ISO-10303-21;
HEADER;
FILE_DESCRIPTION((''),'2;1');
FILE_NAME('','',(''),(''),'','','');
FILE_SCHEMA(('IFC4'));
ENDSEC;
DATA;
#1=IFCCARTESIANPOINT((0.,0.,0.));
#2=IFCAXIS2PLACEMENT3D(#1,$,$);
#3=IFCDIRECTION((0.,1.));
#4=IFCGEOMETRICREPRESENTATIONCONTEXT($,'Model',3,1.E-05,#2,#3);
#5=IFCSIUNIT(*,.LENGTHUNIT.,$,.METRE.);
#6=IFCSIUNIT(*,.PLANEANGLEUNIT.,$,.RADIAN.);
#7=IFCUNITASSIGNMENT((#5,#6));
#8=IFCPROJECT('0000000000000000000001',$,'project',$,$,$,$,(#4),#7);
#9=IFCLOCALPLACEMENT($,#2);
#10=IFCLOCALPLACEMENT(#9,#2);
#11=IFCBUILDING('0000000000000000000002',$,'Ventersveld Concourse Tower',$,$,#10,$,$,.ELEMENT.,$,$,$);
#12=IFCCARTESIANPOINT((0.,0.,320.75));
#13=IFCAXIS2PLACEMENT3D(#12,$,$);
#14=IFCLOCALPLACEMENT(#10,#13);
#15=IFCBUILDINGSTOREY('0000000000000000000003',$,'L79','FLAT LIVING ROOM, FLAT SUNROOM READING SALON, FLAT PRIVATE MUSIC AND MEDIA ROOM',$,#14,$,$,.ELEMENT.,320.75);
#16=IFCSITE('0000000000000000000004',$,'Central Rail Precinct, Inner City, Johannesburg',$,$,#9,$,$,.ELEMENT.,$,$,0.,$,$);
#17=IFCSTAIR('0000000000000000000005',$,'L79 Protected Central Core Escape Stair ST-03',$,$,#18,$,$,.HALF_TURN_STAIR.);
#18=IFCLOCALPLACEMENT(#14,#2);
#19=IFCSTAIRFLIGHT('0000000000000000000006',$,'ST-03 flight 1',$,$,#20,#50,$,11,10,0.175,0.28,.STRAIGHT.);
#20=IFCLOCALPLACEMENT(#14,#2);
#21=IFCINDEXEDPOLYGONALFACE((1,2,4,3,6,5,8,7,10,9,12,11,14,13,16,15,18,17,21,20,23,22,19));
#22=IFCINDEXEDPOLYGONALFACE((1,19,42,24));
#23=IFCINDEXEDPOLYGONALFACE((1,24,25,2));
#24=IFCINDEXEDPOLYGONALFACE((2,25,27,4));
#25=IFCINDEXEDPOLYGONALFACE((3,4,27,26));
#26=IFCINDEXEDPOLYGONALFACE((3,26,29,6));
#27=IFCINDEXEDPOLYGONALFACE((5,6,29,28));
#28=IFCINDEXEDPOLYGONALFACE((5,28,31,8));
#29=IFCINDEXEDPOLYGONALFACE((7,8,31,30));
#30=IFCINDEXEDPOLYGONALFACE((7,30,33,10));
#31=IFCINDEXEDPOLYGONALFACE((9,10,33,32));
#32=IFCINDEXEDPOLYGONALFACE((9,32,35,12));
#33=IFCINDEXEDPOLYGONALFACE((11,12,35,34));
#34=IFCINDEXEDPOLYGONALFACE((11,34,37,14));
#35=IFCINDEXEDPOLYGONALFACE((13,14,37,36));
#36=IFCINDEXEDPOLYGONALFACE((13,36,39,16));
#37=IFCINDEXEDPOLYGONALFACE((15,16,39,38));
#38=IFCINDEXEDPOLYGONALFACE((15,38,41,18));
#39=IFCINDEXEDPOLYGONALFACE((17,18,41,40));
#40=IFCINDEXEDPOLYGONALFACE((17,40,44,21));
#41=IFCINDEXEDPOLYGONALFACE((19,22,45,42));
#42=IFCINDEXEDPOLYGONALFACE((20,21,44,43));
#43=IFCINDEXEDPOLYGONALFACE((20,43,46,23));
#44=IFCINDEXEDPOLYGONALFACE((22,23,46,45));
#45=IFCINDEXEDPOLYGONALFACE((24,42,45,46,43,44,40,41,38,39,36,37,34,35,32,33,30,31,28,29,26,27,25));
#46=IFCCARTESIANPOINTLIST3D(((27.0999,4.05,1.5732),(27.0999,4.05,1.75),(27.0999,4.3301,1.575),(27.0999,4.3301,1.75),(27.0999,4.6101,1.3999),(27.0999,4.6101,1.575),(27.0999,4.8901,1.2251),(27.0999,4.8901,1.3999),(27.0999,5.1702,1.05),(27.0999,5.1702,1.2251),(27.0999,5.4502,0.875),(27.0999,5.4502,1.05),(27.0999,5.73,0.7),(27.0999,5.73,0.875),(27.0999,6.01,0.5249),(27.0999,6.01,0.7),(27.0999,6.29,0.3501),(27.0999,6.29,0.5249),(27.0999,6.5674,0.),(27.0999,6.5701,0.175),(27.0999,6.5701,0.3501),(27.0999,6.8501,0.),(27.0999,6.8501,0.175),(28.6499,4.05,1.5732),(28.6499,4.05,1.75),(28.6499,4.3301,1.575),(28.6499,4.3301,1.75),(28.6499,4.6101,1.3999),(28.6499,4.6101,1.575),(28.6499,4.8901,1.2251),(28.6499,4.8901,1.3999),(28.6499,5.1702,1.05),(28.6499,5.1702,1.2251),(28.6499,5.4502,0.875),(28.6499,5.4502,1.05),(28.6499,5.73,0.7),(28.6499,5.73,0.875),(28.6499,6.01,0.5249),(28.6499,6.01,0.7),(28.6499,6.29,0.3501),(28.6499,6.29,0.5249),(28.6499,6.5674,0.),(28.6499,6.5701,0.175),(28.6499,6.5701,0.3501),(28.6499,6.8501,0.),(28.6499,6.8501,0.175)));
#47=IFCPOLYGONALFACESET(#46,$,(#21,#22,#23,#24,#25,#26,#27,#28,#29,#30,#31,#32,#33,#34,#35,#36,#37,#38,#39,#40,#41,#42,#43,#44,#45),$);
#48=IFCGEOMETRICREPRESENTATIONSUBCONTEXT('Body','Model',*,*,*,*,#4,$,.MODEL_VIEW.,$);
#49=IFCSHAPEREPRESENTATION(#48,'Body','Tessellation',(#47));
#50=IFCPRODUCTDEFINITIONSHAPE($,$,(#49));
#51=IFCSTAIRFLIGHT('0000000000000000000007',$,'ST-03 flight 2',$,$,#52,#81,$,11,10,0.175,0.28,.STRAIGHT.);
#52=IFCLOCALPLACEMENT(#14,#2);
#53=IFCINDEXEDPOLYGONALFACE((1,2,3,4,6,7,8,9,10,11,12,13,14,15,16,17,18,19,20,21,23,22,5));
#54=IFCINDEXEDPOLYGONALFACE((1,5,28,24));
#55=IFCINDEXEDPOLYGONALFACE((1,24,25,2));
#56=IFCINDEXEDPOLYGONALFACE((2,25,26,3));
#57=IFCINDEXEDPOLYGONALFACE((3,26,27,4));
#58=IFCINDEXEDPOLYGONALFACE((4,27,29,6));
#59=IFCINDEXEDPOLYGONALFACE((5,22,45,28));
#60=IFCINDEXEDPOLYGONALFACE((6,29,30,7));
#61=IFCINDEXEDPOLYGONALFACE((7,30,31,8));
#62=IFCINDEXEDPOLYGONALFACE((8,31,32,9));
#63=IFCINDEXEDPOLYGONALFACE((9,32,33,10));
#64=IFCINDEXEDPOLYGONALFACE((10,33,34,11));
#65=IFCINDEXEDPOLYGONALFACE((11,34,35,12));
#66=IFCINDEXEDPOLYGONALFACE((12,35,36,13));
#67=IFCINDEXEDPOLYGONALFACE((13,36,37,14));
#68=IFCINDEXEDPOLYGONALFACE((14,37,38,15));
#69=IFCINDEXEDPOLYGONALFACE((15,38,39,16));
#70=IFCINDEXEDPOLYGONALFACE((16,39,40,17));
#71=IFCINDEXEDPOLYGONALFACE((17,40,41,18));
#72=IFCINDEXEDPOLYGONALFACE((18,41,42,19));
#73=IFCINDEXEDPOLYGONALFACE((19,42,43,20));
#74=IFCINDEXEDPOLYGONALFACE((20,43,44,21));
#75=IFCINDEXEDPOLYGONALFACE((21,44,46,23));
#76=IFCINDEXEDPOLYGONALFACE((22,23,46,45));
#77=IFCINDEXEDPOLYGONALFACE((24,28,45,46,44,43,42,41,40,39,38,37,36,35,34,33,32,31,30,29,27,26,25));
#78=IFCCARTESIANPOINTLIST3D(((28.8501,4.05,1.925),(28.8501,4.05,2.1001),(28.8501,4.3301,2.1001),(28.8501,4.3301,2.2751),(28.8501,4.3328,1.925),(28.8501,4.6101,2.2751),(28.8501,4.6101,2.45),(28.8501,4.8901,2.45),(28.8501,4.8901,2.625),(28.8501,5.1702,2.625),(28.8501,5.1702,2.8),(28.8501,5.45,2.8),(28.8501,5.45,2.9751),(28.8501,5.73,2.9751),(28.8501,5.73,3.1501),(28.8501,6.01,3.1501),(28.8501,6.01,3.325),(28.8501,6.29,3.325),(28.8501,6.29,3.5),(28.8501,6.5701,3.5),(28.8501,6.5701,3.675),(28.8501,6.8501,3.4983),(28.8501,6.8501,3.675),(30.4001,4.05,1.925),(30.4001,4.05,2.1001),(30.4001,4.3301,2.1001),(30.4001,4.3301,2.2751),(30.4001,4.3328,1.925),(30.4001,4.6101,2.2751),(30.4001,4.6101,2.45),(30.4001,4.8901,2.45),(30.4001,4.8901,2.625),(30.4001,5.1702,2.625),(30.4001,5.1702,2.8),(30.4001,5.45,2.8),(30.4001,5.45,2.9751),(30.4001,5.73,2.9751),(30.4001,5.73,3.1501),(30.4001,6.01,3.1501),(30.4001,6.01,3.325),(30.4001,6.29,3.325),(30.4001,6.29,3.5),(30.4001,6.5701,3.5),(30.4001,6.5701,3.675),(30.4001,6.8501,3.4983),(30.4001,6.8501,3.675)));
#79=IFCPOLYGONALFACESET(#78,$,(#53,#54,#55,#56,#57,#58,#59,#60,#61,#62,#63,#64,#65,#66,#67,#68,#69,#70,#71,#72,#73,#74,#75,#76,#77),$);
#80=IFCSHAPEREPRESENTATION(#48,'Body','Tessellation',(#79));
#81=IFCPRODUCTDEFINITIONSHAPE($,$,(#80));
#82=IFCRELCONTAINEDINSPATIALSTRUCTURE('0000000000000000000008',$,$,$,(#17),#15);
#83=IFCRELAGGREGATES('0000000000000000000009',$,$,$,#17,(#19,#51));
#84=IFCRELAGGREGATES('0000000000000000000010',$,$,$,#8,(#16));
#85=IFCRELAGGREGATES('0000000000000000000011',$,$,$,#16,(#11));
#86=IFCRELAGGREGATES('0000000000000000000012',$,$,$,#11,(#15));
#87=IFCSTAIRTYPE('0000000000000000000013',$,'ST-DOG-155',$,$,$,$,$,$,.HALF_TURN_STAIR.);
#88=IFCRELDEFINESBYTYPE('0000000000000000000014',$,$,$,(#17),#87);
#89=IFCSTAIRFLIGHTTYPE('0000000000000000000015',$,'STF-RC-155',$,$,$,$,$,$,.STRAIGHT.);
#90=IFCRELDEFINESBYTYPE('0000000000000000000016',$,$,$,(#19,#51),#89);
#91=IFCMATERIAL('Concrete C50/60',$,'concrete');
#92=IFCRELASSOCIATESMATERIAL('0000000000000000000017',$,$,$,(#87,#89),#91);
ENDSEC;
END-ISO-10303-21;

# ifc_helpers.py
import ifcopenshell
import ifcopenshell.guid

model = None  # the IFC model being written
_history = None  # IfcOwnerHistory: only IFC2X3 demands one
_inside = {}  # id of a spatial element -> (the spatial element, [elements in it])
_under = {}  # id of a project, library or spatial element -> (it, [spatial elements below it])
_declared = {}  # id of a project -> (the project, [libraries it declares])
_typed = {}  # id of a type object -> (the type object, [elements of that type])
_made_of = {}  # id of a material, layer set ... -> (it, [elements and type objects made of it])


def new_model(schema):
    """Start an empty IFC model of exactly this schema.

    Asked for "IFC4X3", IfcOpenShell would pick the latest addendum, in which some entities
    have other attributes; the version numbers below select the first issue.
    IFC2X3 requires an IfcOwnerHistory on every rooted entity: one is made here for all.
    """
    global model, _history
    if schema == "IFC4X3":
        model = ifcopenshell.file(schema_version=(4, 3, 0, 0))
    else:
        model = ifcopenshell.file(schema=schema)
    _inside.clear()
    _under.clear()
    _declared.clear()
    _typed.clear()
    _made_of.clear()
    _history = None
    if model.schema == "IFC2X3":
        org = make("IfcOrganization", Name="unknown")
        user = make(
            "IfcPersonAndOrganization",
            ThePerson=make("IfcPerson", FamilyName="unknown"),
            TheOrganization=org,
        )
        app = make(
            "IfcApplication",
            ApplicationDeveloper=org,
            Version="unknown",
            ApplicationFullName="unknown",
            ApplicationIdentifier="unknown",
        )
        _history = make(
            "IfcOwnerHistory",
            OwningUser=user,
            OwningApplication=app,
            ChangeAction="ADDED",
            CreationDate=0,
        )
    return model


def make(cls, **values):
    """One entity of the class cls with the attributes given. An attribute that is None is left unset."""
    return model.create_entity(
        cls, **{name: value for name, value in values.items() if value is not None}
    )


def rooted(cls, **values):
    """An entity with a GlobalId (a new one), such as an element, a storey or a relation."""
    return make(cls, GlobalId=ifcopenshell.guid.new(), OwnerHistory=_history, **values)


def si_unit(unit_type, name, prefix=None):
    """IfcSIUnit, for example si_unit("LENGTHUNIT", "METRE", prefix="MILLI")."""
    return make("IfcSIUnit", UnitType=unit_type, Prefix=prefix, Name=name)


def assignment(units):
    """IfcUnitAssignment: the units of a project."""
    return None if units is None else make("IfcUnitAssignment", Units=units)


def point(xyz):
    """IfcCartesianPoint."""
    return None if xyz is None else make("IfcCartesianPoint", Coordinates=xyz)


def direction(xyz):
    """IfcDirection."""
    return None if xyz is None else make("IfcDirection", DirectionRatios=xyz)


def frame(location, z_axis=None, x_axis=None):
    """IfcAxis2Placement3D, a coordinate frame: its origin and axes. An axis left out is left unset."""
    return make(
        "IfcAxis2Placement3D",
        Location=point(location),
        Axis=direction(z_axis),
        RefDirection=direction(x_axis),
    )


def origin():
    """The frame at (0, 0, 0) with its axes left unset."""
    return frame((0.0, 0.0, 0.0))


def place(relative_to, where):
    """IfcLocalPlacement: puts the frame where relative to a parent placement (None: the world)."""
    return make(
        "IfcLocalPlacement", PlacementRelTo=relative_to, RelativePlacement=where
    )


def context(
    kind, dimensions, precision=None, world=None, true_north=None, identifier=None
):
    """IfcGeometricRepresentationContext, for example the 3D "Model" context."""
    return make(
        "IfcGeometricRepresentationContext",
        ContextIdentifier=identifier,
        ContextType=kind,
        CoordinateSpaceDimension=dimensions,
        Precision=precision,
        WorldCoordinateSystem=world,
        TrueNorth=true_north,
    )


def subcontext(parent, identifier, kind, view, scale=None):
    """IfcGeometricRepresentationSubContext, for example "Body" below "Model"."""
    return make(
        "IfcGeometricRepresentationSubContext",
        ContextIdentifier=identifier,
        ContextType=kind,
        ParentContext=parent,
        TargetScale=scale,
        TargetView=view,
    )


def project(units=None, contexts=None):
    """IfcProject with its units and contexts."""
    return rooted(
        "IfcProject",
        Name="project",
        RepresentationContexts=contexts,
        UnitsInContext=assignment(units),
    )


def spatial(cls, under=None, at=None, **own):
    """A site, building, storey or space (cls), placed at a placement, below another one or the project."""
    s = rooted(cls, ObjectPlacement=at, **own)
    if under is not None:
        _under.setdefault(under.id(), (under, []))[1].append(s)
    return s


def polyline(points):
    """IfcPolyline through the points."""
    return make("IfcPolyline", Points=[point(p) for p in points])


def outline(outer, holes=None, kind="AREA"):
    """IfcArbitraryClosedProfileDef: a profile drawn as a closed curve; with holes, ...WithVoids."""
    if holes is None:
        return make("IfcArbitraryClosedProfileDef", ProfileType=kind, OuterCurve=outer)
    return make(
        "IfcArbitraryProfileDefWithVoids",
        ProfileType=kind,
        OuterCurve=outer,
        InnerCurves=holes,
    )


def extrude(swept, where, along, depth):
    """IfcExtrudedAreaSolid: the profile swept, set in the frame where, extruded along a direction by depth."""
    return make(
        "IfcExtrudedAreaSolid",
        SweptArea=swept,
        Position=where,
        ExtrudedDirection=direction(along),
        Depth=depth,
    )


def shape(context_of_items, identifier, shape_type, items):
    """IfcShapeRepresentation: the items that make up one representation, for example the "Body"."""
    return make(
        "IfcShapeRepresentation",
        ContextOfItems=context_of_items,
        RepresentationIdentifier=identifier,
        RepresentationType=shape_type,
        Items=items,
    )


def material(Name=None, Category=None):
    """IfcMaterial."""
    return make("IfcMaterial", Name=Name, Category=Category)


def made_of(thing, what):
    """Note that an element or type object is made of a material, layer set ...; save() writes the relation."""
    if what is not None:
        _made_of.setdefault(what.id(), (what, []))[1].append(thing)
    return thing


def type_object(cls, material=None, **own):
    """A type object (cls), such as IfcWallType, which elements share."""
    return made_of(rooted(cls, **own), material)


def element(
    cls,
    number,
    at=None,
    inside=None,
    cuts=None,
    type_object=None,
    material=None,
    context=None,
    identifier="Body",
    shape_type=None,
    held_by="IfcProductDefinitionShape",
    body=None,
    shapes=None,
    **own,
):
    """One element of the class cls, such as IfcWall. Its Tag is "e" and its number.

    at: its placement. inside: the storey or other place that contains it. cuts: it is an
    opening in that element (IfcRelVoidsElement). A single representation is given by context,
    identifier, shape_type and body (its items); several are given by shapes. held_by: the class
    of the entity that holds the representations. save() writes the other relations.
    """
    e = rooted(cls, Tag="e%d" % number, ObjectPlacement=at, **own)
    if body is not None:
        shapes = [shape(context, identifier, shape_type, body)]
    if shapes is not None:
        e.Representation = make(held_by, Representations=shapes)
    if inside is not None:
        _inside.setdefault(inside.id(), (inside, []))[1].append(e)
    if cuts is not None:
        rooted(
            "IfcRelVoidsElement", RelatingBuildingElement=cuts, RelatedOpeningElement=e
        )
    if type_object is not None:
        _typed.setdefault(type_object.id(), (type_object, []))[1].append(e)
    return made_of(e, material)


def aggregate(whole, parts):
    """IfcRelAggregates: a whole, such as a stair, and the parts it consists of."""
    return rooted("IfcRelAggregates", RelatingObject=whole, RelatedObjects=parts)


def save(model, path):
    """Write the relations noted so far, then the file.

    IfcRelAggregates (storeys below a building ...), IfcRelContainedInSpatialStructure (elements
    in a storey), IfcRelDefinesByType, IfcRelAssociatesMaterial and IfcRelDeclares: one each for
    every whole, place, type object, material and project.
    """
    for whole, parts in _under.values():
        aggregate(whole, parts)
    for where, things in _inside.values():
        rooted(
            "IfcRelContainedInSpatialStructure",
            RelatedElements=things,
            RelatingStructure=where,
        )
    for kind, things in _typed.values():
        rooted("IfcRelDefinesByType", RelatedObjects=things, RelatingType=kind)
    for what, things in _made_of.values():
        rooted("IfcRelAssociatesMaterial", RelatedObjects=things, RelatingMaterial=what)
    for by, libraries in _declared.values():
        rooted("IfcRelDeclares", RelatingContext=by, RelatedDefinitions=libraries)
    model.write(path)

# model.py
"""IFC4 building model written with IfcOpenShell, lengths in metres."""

from ifc_helpers import new_model, si_unit, direction, frame, origin, place, context, subcontext, project, spatial, polyline, outline, extrude, material, type_object, element, aggregate, save


model = new_model("IFC4")

# Units and contexts
model_context = context("Model", 3, precision=1e-05, world=origin(), true_north=direction((0.0, 1.0)))
body_context = subcontext(model_context, "Body", "Model", "MODEL_VIEW")
ifc_project = project(units=[si_unit("LENGTHUNIT", "METRE"), si_unit("PLANEANGLEUNIT", "RADIAN")], contexts=[model_context])

# Site, building, storey
site_placement = place(None, origin())
site = spatial("IfcSite", under=ifc_project, at=site_placement, Name="Central Rail Precinct, Inner City, Johannesburg", CompositionType="ELEMENT", RefElevation=0.0)
building_placement = place(site_placement, origin())
building = spatial("IfcBuilding", under=site, at=building_placement, Name="Ventersveld Concourse Tower", CompositionType="ELEMENT")
storey_placement = place(building_placement, frame((0.0, 0.0, 320.75)))
storey = spatial("IfcBuildingStorey", under=building, at=storey_placement, Name="L79", Description="FLAT LIVING ROOM, FLAT SUNROOM READING SALON, FLAT PRIVATE MUSIC AND MEDIA ROOM", CompositionType="ELEMENT", Elevation=320.75)

# Shared definitions
ifc_material_1 = material(Name="Concrete C50/60", Category="concrete")

# Stair, stair flights
stair_type = type_object("IfcStairType", Name="ST-DOG-155", PredefinedType="HALF_TURN_STAIR", material=ifc_material_1)
stair_placement = place(storey_placement, origin())
stair = element("IfcStair", 1, at=stair_placement, inside=storey, type_object=stair_type, Name="L79 Protected Central Core Escape Stair ST-03", PredefinedType="HALF_TURN_STAIR")
stair_flight_type = type_object("IfcStairFlightType", Name="STF-RC-155", PredefinedType="STRAIGHT", material=ifc_material_1)
stair_flight_1_placement = place(storey_placement, frame((27.875, 6.8501, 0.0), z_axis=(0.0, 0.0, 1.0), x_axis=(0.0, -1.0, 0.0)))
stair_flight_1 = element("IfcStairFlight", 2, at=stair_flight_1_placement, type_object=stair_flight_type, Name="ST-03 flight 1", NumberOfRisers=11, NumberOfTreads=10, PredefinedType="STRAIGHT", RiserHeight=0.175, TreadLength=0.28, context=body_context, shape_type="SweptSolid", body=[
    extrude(outline(polyline([(0.0, 0.0), (0.0, 0.175), (0.28, 0.175), (0.28, 0.3501), (0.5601, 0.3501), (0.5601, 0.5249), (0.8401, 0.5249), (0.8401, 0.7), (1.1201, 0.7), (1.1201, 0.875), (1.3999, 0.875), (1.3999, 1.05), (1.6799, 1.05), (1.6799, 1.2251), (1.96, 1.2251), (1.96, 1.3999), (2.24, 1.3999), (2.24, 1.575), (2.52, 1.575), (2.52, 1.75), (2.8, 1.75), (2.8, 1.925), (2.8, 1.5732), (0.2827, 0.0), (0.0, 0.0)])), frame((0.0, 0.7749, 0.0), z_axis=(0.0, -1.0, 0.0), x_axis=(1.0, 0.0, 0.0)), (0.0, 0.0, 1.0), 1.55),
])
stair_flight_2_placement = place(storey_placement, frame((29.625, 4.05, 1.925), z_axis=(0.0, 0.0, 1.0), x_axis=(0.0, 1.0, 0.0)))
stair_flight_2 = element("IfcStairFlight", 3, at=stair_flight_2_placement, type_object=stair_flight_type, Name="ST-03 flight 2", NumberOfRisers=11, NumberOfTreads=10, PredefinedType="STRAIGHT", RiserHeight=0.175, TreadLength=0.28, context=body_context, shape_type="SweptSolid", body=[
    extrude(outline(polyline([(0.0, 0.0), (0.0, 0.175), (0.28, 0.175), (0.28, 0.3501), (0.5601, 0.3501), (0.5601, 0.5249), (0.8401, 0.5249), (0.8401, 0.7), (1.1201, 0.7), (1.1201, 0.875), (1.3999, 0.875), (1.3999, 1.05), (1.6799, 1.05), (1.6799, 1.2251), (1.96, 1.2251), (1.96, 1.3999), (2.24, 1.3999), (2.24, 1.575), (2.52, 1.575), (2.52, 1.75), (2.8, 1.75), (2.8, 1.925), (2.8, 1.5732), (0.2827, 0.0), (0.0, 0.0)])), frame((0.0, 0.7749, 0.0), z_axis=(0.0, -1.0, 0.0), x_axis=(1.0, 0.0, 0.0)), (0.0, 0.0, 1.0), 1.55),
])
aggregate(stair, [stair_flight_1, stair_flight_2])

save(model, "model.ifc")
